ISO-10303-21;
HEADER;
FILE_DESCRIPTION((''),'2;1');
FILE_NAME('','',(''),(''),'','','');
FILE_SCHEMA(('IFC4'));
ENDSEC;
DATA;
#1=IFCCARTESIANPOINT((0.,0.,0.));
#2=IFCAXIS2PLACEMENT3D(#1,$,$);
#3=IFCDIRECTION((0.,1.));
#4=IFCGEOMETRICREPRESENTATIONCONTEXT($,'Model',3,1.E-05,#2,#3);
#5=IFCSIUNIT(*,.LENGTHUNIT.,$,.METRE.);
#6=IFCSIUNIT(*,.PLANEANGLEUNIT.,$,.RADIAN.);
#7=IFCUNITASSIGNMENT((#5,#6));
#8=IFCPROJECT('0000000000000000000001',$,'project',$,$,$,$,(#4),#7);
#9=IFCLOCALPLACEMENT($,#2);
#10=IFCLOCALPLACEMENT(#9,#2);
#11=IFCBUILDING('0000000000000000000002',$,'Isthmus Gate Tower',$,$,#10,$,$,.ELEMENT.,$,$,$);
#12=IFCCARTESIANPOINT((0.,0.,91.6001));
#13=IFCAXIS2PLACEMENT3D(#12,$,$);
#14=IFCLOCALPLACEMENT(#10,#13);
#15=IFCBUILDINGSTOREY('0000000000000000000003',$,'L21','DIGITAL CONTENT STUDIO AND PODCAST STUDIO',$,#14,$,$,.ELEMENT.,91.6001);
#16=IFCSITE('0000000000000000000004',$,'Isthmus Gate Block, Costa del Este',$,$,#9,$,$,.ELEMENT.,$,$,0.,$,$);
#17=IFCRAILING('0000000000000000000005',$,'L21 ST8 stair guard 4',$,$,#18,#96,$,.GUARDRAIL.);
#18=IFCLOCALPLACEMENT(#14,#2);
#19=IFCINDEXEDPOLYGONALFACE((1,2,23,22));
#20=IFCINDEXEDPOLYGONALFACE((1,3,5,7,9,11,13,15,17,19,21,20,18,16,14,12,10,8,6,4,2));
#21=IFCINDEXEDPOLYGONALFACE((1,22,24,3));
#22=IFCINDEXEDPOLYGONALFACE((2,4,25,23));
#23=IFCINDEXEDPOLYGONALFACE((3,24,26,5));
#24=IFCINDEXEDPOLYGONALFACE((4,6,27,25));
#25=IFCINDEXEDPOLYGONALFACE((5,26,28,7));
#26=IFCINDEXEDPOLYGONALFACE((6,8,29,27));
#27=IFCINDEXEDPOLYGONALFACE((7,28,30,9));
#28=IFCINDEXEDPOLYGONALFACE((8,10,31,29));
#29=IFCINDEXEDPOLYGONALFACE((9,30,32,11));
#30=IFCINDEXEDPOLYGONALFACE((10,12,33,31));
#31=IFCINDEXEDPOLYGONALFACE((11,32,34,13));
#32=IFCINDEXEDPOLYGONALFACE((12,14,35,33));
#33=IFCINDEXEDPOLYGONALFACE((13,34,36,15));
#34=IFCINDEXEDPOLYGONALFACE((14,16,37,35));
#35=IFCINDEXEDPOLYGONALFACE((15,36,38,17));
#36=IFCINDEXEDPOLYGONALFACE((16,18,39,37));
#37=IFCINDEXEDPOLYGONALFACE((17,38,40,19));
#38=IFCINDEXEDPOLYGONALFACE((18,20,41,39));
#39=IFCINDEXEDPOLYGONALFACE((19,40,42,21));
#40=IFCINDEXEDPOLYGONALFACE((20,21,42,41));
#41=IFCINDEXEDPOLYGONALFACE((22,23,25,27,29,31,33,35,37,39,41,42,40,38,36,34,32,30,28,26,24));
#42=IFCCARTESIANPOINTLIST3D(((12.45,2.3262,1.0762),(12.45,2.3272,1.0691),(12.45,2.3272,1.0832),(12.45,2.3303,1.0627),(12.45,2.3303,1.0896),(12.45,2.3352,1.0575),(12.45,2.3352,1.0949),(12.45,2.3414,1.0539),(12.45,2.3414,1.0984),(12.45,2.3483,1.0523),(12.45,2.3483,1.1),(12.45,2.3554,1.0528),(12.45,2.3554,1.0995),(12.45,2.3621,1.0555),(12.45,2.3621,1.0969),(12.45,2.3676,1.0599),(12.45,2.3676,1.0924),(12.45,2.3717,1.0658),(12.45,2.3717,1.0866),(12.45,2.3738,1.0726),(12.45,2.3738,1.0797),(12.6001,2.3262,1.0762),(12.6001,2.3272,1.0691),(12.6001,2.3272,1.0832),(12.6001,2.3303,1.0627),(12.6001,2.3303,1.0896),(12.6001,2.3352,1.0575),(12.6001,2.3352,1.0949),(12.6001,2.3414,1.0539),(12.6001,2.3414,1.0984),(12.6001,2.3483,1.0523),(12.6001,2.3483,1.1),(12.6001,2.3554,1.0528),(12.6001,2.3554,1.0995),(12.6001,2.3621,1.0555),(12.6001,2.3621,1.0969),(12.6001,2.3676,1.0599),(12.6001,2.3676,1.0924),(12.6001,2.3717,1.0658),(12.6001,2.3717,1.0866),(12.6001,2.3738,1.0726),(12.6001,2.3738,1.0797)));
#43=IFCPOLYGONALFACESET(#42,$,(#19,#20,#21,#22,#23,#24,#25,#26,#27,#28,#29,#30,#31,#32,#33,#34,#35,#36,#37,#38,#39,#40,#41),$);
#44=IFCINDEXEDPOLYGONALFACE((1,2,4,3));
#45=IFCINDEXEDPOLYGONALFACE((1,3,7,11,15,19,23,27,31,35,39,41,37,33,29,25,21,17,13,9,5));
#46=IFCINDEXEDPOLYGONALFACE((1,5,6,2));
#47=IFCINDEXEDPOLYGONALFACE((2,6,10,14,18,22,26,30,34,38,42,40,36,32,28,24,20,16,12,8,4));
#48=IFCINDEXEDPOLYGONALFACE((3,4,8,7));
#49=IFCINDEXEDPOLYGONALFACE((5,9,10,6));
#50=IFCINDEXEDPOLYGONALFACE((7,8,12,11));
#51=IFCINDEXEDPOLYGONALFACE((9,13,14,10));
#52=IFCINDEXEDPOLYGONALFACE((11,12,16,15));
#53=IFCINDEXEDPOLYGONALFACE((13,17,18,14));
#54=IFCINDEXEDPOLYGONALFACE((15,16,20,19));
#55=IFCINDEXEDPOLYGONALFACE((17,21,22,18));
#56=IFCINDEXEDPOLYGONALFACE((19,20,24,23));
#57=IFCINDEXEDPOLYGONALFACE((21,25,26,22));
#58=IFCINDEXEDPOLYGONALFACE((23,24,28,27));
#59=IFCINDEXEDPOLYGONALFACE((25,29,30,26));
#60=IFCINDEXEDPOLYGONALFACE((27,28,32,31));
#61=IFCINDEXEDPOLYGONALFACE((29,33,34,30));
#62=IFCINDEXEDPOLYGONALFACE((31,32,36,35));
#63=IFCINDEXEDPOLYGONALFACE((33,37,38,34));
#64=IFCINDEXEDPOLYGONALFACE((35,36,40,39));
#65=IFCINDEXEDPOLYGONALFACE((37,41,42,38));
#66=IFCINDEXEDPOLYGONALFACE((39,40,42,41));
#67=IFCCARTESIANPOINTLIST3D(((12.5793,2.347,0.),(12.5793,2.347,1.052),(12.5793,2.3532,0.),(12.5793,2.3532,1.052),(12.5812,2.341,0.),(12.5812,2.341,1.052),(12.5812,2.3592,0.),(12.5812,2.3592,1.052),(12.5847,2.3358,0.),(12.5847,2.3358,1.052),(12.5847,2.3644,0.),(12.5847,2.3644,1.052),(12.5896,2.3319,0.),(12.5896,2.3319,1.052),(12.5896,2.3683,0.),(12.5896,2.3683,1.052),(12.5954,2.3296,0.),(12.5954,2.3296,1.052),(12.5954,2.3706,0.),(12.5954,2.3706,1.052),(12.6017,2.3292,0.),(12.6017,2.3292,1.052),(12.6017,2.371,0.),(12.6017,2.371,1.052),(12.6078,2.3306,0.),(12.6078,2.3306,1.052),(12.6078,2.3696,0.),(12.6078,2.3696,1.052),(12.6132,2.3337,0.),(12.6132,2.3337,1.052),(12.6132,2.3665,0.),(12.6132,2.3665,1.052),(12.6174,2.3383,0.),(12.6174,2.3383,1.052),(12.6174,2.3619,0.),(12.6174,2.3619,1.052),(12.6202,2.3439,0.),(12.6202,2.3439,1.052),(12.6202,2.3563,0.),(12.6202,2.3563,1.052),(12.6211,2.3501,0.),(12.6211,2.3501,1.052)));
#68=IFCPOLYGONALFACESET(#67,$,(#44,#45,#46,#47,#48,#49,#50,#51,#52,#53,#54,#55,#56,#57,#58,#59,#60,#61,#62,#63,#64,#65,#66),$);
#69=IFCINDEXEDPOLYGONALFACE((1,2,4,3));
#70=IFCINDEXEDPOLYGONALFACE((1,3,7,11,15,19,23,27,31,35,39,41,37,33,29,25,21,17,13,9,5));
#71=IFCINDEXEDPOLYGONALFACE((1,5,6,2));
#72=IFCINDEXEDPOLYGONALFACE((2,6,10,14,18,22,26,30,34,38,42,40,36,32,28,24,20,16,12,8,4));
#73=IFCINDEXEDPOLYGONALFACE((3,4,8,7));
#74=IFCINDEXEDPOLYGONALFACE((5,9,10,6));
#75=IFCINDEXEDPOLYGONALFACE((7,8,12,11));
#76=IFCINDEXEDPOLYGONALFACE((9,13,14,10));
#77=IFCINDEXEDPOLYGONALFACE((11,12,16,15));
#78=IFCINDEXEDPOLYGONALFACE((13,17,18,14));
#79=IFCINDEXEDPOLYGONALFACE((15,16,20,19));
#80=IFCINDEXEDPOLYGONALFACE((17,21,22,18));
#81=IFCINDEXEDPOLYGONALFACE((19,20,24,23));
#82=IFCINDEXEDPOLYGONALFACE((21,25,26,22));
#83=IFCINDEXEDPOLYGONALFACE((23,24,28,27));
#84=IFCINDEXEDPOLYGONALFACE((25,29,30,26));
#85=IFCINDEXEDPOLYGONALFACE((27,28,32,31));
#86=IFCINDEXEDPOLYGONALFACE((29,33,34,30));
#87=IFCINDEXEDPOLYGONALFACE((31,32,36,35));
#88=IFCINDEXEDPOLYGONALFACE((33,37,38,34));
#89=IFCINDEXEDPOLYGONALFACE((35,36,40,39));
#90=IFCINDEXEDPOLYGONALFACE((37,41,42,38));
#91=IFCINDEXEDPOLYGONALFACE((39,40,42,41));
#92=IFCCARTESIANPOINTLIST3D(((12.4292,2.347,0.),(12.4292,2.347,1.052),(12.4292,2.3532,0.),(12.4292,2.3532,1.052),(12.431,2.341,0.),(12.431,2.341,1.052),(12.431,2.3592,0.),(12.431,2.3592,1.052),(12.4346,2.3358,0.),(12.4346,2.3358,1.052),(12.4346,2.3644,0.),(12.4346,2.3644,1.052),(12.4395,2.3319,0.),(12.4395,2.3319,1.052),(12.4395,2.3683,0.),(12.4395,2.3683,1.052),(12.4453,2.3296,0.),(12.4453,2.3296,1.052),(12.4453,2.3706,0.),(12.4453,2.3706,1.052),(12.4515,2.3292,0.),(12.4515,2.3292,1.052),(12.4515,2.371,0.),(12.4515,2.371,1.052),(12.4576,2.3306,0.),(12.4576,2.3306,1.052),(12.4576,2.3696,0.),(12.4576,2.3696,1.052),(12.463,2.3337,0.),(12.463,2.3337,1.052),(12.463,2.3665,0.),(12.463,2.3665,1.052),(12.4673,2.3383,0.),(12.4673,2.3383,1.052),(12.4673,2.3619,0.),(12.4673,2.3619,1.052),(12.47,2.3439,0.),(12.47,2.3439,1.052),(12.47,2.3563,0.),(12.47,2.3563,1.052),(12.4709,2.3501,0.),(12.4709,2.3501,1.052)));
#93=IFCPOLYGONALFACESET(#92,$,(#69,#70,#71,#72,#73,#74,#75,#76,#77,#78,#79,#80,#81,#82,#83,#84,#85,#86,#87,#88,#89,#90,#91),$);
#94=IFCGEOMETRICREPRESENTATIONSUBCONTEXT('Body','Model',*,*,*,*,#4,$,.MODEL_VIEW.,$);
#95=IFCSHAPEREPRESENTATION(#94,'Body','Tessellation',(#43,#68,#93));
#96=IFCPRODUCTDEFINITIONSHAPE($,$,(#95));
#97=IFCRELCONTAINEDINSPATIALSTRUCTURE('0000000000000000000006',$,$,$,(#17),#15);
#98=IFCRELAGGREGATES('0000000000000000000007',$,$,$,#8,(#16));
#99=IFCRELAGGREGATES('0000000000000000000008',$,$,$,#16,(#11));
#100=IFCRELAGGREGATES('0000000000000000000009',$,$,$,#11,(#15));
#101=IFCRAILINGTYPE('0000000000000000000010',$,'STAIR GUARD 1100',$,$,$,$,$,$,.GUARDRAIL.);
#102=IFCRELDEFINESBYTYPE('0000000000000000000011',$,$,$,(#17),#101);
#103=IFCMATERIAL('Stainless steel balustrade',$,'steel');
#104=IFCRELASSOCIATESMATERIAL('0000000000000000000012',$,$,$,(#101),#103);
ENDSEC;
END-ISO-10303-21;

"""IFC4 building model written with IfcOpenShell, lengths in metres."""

from ifc_helpers import new_model, si_unit, direction, frame, origin, origin_2d, place, context, subcontext, project, spatial, circle, extrude, material, type_object, element, save


model = new_model("IFC4")

# Units and contexts
model_context = context("Model", 3, precision=1e-05, world=origin(), true_north=direction((0.0, 1.0)))
body_context = subcontext(model_context, "Body", "Model", "MODEL_VIEW")
ifc_project = project(units=[si_unit("LENGTHUNIT", "METRE"), si_unit("PLANEANGLEUNIT", "RADIAN")], contexts=[model_context])

# Site, building, storey
site_placement = place(None, origin())
site = spatial("IfcSite", under=ifc_project, at=site_placement, Name="Isthmus Gate Block, Costa del Este", CompositionType="ELEMENT", RefElevation=0.0)
building_placement = place(site_placement, origin())
building = spatial("IfcBuilding", under=site, at=building_placement, Name="Isthmus Gate Tower", CompositionType="ELEMENT")
storey_placement = place(building_placement, frame((0.0, 0.0, 91.6001)))
storey = spatial("IfcBuildingStorey", under=building, at=storey_placement, Name="L21", Description="DIGITAL CONTENT STUDIO AND PODCAST STUDIO", CompositionType="ELEMENT", Elevation=91.6001)

# Railing
ifc_material_1 = material(Name="Stainless steel balustrade", Category="steel")
railing_type_1 = type_object("IfcRailingType", Name="STAIR GUARD 1100", PredefinedType="GUARDRAIL", material=ifc_material_1)
railing_1_placement = place(storey_placement, frame((12.6001, 2.3501, 0.0)))
element("IfcRailing", 1, at=railing_1_placement, inside=storey, type_object=railing_type_1, Name="L21 ST8 stair guard 4", PredefinedType="GUARDRAIL", context=body_context, shape_type="SweptSolid", body=[
    extrude(circle(Radius=0.0239, at=origin_2d()), frame((0.0, 0.0, 1.0762), z_axis=(-1.0, 0.0, 0.0), x_axis=(0.0, -1.0, 0.0)), (0.0, 0.0, 1.0), 0.1501),
    extrude(circle(Radius=0.021, at=origin_2d()), origin(), (0.0, 0.0, 1.0), 1.052),
    extrude(circle(Radius=0.021, at=origin_2d()), frame((-0.1501, 0.0, 0.0)), (0.0, 0.0, 1.0), 1.052),
])

save(model, "model.ifc")
